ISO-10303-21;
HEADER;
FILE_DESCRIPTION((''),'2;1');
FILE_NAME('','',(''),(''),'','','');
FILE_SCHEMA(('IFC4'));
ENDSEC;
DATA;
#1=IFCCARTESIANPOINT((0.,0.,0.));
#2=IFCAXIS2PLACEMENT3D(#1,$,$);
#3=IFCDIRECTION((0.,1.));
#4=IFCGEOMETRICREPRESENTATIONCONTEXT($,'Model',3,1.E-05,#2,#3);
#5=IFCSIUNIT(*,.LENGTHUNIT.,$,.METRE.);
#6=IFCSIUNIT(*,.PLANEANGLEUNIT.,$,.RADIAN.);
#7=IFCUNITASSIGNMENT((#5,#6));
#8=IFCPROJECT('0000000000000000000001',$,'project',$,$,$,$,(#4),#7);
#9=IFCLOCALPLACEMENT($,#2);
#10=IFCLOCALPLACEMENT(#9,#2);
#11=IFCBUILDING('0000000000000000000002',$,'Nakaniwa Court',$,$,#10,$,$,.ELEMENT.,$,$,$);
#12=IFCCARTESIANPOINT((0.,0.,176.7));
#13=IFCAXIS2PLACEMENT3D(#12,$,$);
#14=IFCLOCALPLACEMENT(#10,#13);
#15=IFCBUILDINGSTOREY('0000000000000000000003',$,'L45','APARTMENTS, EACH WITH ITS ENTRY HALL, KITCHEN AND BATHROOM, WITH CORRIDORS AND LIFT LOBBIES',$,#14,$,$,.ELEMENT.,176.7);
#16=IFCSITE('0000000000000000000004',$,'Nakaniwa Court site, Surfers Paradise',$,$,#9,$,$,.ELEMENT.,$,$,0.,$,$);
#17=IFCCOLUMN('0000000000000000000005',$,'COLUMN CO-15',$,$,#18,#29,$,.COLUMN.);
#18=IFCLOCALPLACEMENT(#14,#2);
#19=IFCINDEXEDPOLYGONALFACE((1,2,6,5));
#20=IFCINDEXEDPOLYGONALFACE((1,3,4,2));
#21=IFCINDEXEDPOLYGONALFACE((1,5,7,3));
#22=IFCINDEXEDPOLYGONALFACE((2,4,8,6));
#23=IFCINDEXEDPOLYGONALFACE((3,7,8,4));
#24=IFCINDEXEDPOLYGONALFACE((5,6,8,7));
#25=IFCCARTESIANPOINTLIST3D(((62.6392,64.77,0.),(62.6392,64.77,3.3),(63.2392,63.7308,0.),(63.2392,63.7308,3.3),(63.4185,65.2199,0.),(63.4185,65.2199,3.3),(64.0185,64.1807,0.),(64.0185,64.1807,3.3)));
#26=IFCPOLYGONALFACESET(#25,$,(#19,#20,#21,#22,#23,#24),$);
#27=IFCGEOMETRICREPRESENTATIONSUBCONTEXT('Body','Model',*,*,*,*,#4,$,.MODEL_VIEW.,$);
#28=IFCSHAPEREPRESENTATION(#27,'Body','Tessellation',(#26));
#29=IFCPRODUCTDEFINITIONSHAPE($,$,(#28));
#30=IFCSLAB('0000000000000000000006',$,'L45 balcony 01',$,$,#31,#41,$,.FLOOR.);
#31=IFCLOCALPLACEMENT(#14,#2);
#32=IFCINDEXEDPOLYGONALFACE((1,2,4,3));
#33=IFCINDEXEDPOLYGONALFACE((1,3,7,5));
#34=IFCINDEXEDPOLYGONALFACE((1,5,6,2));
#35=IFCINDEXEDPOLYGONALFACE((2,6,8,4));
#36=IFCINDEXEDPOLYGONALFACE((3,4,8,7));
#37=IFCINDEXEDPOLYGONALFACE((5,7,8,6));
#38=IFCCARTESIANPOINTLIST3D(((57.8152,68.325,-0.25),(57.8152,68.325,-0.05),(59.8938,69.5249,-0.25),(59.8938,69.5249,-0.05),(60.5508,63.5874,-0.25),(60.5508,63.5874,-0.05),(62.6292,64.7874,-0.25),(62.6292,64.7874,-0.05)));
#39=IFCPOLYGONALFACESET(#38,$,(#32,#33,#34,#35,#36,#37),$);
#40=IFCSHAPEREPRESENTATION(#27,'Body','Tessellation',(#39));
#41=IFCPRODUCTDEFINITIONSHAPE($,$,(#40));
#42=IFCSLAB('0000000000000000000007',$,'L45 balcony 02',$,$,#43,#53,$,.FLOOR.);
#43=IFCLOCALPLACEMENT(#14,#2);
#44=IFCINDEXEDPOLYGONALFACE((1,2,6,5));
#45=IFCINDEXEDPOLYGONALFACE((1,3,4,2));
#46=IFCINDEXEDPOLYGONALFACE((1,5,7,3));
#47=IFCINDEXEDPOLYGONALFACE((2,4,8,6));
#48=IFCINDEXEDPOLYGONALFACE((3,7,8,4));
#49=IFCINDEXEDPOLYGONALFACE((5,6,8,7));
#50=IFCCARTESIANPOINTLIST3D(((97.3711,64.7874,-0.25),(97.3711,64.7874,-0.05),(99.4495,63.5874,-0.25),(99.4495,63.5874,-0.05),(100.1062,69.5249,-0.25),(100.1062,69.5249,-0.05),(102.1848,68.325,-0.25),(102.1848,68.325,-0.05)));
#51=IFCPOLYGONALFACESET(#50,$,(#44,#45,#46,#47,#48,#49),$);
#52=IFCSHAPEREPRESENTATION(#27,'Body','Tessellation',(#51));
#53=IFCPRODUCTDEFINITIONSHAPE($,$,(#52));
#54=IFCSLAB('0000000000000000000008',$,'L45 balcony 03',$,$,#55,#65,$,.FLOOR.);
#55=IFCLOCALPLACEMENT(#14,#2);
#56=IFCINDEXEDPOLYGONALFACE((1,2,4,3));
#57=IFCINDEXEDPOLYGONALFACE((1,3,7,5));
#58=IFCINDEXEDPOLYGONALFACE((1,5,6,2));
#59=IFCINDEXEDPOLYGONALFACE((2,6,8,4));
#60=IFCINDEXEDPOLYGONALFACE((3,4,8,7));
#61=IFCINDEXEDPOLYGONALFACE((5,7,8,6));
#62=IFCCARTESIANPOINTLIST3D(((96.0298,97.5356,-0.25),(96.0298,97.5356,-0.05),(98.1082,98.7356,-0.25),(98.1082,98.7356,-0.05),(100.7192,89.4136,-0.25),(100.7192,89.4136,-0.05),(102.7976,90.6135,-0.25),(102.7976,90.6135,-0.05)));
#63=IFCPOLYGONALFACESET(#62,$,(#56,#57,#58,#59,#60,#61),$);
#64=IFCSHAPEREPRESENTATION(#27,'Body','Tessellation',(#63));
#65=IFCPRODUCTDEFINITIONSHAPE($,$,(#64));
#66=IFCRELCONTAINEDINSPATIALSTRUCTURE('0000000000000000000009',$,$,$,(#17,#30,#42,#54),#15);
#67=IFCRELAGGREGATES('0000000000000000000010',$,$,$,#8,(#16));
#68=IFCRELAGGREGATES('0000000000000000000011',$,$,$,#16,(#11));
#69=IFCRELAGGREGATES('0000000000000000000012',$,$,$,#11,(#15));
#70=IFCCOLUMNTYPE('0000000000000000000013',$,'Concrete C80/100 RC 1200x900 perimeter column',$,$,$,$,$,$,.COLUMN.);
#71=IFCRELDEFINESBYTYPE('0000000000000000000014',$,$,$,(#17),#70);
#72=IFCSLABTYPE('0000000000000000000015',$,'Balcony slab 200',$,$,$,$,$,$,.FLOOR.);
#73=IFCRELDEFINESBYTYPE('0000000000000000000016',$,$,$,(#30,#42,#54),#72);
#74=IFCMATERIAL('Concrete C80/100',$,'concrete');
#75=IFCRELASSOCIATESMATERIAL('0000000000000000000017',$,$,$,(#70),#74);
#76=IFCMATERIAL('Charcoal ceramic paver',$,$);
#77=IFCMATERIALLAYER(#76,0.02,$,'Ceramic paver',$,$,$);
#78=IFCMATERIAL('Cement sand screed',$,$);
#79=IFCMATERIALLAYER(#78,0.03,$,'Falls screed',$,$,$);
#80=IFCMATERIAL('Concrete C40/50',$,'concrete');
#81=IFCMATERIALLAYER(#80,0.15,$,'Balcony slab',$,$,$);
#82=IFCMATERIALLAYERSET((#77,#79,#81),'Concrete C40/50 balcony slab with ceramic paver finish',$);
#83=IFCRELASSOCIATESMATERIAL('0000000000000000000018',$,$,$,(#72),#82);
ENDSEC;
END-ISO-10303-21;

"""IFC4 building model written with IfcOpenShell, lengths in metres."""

from ifc_helpers import new_model, si_unit, direction, frame, origin, origin_2d, place, context, subcontext, project, spatial, polyline, rectangle, outline, extrude, material, layer, layer_set, material_profile, profile_set, type_object, element, save


model = new_model("IFC4")

# Units and contexts
model_context = context("Model", 3, precision=1e-05, world=origin(), true_north=direction((0.0, 1.0)))
body_context = subcontext(model_context, "Body", "Model", "MODEL_VIEW")
ifc_project = project(units=[si_unit("LENGTHUNIT", "METRE"), si_unit("PLANEANGLEUNIT", "RADIAN")], contexts=[model_context])

# Site, building, storey
site_placement = place(None, origin())
site = spatial("IfcSite", under=ifc_project, at=site_placement, Name="Nakaniwa Court site, Surfers Paradise", CompositionType="ELEMENT", RefElevation=0.0)
building_placement = place(site_placement, origin())
building = spatial("IfcBuilding", under=site, at=building_placement, Name="Nakaniwa Court", CompositionType="ELEMENT")
storey_placement = place(building_placement, frame((0.0, 0.0, 176.7)))
storey = spatial("IfcBuildingStorey", under=building, at=storey_placement, Name="L45", Description="APARTMENTS, EACH WITH ITS ENTRY HALL, KITCHEN AND BATHROOM, WITH CORRIDORS AND LIFT LOBBIES", CompositionType="ELEMENT", Elevation=176.7)

# Column
ifc_material_1 = material(Name="Concrete C80/100", Category="concrete")
ifc_material_profile = material_profile(ifc_material_1, rectangle(XDim=1.2, YDim=0.8999, at=origin_2d()), Name="Concrete C80/100 RC 1200x900 perimeter column")
ifc_profile_set = profile_set([ifc_material_profile], Name="Concrete C80/100")
column_type = type_object("IfcColumnType", Name="Concrete C80/100 RC 1200x900 perimeter column", PredefinedType="COLUMN", material=ifc_profile_set)
column_placement = place(storey_placement, frame((63.3289, 64.4753, 0.0), z_axis=(0.0, 0.0, 1.0), x_axis=(0.5, -0.866025, 0.0)))
element("IfcColumn", 1, at=column_placement, inside=storey, type_object=column_type, Name="COLUMN CO-15", PredefinedType="COLUMN", context=body_context, shape_type="SweptSolid", body=[
    extrude(rectangle(XDim=1.2, YDim=0.8999, at=origin_2d()), origin(), (0.0, 0.0, 1.0), 3.3),
])

# Slabs
ifc_material_2 = material(Name="Charcoal ceramic paver")
ifc_layer_1 = layer(ifc_material_2, 0.02, Name="Ceramic paver")
ifc_material_3 = material(Name="Cement sand screed")
ifc_layer_2 = layer(ifc_material_3, 0.03, Name="Falls screed")
ifc_material_4 = material(Name="Concrete C40/50", Category="concrete")
ifc_layer_3 = layer(ifc_material_4, 0.15, Name="Balcony slab")
ifc_layer_set_1 = layer_set([ifc_layer_1, ifc_layer_2, ifc_layer_3], Name="Concrete C40/50 balcony slab with ceramic paver finish")
slab_type_1 = type_object("IfcSlabType", Name="Balcony slab 200", PredefinedType="FLOOR", material=ifc_layer_set_1)
slab_1_placement = place(storey_placement, frame((0.0, 0.0, -0.25)))
element("IfcSlab", 2, at=slab_1_placement, inside=storey, type_object=slab_type_1, Name="L45 balcony 01", PredefinedType="FLOOR", context=body_context, shape_type="SweptSolid", body=[
    extrude(outline(polyline([(59.8938, 69.5249), (62.6292, 64.7874), (60.5508, 63.5874), (57.8152, 68.325), (59.8938, 69.5249)])), origin(), (0.0, 0.0, 1.0), 0.2),
])
slab_2_placement = place(storey_placement, frame((0.0, 0.0, -0.25)))
element("IfcSlab", 3, at=slab_2_placement, inside=storey, type_object=slab_type_1, Name="L45 balcony 02", PredefinedType="FLOOR", context=body_context, shape_type="SweptSolid", body=[
    extrude(outline(polyline([(97.3711, 64.7874), (100.1062, 69.5249), (102.1848, 68.325), (99.4495, 63.5874), (97.3711, 64.7874)])), origin(), (0.0, 0.0, 1.0), 0.2),
])
slab_3_placement = place(storey_placement, frame((0.0, 0.0, -0.25)))
element("IfcSlab", 4, at=slab_3_placement, inside=storey, type_object=slab_type_1, Name="L45 balcony 03", PredefinedType="FLOOR", context=body_context, shape_type="SweptSolid", body=[
    extrude(outline(polyline([(100.7192, 89.4136), (96.0298, 97.5356), (98.1082, 98.7356), (102.7976, 90.6135), (100.7192, 89.4136)])), origin(), (0.0, 0.0, 1.0), 0.2),
])

save(model, "model.ifc")
